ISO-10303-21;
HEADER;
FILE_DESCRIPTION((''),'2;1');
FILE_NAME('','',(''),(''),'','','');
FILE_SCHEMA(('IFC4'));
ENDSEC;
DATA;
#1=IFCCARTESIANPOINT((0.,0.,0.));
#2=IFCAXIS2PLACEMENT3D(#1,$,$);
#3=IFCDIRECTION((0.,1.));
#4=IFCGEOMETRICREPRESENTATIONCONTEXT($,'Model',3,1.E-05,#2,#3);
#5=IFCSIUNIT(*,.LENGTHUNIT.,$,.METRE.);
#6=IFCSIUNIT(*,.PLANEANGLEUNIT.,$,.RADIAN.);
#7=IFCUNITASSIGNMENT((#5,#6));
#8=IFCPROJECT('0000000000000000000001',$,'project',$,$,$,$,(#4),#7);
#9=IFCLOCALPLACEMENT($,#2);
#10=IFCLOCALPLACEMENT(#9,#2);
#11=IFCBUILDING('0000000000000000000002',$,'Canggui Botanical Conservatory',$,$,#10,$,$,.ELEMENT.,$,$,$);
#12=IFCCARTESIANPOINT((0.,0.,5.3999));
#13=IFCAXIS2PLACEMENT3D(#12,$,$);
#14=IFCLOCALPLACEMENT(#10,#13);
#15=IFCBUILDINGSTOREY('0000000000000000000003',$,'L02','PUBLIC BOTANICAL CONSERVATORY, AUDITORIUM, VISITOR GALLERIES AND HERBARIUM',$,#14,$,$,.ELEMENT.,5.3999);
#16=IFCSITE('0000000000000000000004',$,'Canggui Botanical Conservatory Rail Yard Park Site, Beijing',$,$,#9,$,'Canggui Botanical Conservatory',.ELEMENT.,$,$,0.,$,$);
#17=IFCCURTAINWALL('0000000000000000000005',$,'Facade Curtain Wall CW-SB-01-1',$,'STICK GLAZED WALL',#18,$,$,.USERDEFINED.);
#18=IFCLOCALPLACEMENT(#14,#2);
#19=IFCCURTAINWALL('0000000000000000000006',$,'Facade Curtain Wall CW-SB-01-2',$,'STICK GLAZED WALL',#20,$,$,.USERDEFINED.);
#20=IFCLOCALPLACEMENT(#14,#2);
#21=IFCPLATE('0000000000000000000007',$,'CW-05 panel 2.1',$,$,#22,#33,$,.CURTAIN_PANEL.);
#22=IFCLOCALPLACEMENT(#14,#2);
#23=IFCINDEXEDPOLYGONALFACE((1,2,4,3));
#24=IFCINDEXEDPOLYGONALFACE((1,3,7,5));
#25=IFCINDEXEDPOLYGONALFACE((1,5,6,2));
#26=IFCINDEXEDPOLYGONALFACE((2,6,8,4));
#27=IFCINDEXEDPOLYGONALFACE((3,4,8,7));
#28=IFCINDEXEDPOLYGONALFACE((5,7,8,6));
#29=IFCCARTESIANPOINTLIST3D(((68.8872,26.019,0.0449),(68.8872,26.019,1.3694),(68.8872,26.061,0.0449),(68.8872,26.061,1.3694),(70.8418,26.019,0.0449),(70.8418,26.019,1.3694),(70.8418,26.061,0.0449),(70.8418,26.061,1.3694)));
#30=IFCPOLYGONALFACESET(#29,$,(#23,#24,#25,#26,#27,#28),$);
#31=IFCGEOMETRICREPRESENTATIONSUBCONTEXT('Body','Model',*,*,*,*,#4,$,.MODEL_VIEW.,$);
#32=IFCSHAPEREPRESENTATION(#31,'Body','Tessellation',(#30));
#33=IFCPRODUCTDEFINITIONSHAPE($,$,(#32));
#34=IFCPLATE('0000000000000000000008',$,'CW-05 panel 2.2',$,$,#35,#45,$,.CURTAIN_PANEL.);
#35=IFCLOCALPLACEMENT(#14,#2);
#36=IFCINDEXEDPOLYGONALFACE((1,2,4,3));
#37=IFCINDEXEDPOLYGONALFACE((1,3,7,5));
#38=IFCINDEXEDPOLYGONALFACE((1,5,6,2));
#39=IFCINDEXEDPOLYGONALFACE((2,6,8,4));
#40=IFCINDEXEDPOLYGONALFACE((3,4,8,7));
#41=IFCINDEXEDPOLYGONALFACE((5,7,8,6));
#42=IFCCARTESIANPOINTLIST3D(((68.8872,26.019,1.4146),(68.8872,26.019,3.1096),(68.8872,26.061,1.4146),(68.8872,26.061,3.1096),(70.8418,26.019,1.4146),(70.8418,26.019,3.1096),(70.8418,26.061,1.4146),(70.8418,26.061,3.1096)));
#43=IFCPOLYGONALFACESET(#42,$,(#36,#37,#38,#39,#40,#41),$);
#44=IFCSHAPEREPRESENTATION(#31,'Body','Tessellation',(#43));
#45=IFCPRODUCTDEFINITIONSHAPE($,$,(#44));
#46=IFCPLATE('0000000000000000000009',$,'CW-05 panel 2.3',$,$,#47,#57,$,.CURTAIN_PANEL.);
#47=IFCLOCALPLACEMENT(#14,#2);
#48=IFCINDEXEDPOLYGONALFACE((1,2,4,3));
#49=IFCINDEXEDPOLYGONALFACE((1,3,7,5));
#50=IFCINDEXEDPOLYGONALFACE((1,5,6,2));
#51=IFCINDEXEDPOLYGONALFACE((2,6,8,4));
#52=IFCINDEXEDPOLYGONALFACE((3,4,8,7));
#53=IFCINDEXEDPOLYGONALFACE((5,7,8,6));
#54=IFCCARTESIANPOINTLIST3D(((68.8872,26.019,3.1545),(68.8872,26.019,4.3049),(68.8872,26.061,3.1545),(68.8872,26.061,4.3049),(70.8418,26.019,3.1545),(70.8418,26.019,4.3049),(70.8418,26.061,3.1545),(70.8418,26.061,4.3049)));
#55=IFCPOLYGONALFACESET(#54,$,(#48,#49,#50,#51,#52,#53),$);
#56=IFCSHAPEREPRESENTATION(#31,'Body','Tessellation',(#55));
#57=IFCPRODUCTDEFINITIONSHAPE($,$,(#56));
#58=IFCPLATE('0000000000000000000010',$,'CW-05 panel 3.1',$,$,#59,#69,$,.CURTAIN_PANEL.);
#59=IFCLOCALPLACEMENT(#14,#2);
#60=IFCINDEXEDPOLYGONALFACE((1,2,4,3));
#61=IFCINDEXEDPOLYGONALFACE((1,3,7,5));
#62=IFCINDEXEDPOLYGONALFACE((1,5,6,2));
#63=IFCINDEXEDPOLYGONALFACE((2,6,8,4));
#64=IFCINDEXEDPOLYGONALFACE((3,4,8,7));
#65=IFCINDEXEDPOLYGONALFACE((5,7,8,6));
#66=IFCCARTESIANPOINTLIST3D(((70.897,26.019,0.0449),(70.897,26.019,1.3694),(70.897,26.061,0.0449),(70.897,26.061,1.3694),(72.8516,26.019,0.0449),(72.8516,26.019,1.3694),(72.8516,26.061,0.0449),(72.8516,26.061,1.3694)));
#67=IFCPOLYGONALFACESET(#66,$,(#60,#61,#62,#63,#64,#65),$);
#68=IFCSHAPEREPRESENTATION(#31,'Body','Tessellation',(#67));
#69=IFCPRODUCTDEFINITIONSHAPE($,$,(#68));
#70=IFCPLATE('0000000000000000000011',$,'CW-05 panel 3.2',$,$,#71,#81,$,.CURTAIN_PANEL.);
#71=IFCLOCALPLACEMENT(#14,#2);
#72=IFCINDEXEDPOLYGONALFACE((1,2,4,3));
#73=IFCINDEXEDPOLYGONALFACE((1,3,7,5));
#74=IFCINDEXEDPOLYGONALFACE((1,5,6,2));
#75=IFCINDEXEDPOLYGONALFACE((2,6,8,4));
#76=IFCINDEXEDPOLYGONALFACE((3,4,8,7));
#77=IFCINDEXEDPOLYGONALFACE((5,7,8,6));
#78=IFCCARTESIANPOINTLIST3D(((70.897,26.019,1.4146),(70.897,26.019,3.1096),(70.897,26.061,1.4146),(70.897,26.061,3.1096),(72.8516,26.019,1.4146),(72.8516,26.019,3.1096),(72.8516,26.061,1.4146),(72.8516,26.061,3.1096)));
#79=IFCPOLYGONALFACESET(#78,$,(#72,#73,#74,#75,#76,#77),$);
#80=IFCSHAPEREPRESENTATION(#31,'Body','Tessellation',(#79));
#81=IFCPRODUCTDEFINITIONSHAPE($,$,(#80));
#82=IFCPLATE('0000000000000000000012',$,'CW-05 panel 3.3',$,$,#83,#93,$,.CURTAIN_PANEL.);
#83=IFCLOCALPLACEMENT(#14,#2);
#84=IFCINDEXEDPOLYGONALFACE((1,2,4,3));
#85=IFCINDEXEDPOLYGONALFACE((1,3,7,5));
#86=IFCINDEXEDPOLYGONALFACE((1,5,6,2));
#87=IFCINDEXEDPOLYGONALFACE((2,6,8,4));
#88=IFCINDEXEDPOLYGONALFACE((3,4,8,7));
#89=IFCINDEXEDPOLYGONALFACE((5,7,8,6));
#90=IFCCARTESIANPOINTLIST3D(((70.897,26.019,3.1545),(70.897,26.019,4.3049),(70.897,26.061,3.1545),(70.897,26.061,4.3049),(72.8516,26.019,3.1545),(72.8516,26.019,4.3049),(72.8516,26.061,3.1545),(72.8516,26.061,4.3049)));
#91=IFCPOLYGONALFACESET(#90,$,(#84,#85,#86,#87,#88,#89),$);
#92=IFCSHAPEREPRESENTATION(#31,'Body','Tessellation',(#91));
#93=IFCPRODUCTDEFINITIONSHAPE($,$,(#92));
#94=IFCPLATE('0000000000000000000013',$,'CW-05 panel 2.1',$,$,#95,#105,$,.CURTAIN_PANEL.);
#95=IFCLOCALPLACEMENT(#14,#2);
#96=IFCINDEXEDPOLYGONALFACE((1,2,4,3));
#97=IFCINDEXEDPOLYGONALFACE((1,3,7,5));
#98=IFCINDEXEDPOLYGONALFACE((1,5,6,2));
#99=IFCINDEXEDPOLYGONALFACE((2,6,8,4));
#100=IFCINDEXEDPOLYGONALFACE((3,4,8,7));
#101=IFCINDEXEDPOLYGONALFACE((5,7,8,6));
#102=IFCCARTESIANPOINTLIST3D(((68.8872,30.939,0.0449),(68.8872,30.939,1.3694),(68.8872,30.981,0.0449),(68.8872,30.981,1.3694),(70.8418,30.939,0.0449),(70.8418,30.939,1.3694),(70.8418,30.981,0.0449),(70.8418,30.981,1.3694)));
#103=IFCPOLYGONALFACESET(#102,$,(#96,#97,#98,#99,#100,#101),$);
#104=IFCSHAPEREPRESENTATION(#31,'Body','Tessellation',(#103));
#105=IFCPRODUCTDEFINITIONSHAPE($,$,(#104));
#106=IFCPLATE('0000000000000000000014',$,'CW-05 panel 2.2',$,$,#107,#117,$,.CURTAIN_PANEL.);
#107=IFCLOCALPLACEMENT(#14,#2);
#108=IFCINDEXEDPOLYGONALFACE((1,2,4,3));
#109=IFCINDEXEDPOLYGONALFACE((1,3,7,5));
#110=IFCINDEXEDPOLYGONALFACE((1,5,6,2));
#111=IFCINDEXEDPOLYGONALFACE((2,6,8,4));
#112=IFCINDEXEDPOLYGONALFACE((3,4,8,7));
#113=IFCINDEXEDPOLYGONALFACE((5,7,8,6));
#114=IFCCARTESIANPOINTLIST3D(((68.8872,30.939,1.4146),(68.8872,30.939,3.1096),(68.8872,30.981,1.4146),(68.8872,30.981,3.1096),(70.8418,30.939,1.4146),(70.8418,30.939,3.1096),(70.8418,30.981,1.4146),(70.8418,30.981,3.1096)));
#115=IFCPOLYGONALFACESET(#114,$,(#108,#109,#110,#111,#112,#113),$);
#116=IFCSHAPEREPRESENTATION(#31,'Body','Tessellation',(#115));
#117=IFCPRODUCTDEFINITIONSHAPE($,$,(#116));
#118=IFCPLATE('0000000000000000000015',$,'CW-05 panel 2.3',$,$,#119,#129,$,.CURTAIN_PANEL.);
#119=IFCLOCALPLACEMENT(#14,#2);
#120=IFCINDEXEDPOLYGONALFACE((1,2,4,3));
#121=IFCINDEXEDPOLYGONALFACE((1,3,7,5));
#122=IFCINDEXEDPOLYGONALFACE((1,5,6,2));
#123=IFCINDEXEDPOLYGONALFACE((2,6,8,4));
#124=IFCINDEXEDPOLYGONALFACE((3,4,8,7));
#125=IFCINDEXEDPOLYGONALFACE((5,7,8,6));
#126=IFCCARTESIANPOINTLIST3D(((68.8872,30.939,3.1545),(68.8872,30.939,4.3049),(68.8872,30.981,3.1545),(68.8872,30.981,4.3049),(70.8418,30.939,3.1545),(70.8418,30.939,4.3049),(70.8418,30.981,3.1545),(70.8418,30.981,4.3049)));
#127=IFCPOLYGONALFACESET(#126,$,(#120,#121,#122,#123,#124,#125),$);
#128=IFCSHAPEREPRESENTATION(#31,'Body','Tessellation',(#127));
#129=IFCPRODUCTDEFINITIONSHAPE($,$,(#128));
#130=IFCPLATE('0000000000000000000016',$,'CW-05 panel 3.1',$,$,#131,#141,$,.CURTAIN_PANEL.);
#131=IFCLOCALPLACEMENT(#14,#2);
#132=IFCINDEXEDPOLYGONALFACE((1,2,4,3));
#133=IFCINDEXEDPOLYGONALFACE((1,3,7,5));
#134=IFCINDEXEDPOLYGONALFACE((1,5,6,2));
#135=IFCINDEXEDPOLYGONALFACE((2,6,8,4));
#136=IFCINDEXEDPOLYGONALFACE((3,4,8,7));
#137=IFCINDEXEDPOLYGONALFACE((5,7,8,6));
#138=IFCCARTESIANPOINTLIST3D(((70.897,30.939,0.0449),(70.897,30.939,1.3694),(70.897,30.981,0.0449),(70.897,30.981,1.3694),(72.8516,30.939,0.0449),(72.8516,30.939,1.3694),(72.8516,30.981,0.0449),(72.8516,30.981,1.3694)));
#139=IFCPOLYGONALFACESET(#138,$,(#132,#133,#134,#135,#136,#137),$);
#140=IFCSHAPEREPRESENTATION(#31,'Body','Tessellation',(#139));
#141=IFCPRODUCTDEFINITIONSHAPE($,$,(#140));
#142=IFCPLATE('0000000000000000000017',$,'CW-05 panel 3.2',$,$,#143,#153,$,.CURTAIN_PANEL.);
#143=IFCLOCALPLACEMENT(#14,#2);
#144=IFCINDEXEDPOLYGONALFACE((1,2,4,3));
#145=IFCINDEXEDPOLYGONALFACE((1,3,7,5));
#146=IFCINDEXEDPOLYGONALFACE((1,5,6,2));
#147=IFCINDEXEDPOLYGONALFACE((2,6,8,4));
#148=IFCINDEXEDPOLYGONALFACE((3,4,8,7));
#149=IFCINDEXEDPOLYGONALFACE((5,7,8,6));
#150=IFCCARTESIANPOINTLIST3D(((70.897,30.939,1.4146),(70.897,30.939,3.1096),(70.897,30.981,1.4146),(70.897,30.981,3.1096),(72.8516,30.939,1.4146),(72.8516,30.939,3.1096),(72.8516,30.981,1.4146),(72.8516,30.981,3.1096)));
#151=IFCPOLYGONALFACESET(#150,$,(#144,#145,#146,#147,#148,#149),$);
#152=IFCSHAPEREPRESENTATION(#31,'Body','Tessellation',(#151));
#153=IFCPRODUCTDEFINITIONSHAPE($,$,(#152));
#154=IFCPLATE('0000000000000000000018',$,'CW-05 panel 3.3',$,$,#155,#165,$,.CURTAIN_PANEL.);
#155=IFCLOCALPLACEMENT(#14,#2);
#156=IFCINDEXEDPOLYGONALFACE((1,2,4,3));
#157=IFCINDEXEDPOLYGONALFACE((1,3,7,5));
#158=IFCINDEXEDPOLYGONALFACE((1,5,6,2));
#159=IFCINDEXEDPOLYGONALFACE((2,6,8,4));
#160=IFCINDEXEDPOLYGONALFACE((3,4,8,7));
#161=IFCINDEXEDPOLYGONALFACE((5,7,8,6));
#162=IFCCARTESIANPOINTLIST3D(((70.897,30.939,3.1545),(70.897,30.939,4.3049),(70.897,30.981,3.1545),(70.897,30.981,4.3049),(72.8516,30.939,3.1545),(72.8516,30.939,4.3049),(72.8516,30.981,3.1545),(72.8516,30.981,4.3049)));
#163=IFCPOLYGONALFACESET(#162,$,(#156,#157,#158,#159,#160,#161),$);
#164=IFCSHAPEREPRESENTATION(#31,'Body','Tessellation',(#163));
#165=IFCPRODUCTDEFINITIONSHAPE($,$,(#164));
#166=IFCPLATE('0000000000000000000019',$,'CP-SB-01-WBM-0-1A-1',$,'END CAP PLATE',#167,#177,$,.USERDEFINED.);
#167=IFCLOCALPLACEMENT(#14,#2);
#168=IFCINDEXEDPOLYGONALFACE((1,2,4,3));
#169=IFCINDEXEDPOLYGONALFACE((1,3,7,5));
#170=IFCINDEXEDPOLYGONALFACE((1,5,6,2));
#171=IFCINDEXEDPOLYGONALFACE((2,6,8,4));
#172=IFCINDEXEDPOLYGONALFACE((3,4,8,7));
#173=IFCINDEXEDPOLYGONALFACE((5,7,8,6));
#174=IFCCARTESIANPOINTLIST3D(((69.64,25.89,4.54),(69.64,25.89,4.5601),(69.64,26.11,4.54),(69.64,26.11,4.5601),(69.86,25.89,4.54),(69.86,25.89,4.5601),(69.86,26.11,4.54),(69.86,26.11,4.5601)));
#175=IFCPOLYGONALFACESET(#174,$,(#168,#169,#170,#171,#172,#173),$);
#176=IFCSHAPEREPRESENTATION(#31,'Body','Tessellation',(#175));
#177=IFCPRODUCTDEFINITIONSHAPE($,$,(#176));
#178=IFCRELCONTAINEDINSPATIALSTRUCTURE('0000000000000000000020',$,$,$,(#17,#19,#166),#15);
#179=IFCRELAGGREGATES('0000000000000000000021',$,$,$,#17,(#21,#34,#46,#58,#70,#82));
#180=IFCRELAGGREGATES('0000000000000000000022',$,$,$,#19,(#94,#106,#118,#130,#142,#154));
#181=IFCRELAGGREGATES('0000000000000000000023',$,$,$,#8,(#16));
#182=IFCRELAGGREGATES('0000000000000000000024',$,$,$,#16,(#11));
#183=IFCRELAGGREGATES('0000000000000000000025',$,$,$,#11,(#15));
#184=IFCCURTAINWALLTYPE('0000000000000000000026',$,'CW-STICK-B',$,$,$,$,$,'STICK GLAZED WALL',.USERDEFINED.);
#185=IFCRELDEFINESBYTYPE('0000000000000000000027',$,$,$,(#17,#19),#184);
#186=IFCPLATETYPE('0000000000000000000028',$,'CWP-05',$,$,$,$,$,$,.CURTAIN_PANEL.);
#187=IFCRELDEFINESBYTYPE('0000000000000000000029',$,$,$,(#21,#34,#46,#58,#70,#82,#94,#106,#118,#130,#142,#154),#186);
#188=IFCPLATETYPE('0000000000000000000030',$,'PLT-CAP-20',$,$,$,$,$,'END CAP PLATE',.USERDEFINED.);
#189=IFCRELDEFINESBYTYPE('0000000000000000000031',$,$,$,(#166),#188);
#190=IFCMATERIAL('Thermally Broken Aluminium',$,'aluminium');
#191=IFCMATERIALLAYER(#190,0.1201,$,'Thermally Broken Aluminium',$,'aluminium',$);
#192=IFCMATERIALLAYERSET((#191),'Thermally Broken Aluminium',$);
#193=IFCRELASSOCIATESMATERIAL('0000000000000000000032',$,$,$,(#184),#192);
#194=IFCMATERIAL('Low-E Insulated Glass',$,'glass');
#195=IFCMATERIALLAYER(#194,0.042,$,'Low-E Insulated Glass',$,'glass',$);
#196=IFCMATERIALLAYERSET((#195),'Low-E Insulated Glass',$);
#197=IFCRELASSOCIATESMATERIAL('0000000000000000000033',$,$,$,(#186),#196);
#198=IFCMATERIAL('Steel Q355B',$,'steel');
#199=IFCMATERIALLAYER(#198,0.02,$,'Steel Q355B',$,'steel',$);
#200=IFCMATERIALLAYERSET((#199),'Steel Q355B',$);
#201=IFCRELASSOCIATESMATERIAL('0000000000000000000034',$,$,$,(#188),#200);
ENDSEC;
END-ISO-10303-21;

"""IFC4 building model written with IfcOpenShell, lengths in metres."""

from ifc_helpers import new_model, si_unit, direction, frame, origin, origin_2d, place, context, subcontext, project, spatial, rectangle, extrude, material, layer, layer_set, type_object, element, aggregate, save


model = new_model("IFC4")

# Units and contexts
model_context = context("Model", 3, precision=1e-05, world=origin(), true_north=direction((0.0, 1.0)))
body_context = subcontext(model_context, "Body", "Model", "MODEL_VIEW")
ifc_project = project(units=[si_unit("LENGTHUNIT", "METRE"), si_unit("PLANEANGLEUNIT", "RADIAN")], contexts=[model_context])

# Site, building, storey
site_placement = place(None, origin())
site = spatial("IfcSite", under=ifc_project, at=site_placement, Name="Canggui Botanical Conservatory Rail Yard Park Site, Beijing", LongName="Canggui Botanical Conservatory", CompositionType="ELEMENT", RefElevation=0.0)
building_placement = place(site_placement, origin())
building = spatial("IfcBuilding", under=site, at=building_placement, Name="Canggui Botanical Conservatory", CompositionType="ELEMENT")
storey_placement = place(building_placement, frame((0.0, 0.0, 5.3999)))
storey = spatial("IfcBuildingStorey", under=building, at=storey_placement, Name="L02", Description="PUBLIC BOTANICAL CONSERVATORY, AUDITORIUM, VISITOR GALLERIES AND HERBARIUM", CompositionType="ELEMENT", Elevation=5.3999)

# Curtain walls
ifc_material_1 = material(Name="Thermally Broken Aluminium", Category="aluminium")
ifc_layer_1 = layer(ifc_material_1, 0.1201, Name="Thermally Broken Aluminium", Category="aluminium")
ifc_layer_set_1 = layer_set([ifc_layer_1], Name="Thermally Broken Aluminium")
curtain_wall_type = type_object("IfcCurtainWallType", Name="CW-STICK-B", ElementType="STICK GLAZED WALL", PredefinedType="USERDEFINED", material=ifc_layer_set_1)
curtain_wall_1_placement = place(storey_placement, origin())
curtain_wall_1 = element("IfcCurtainWall", 1, at=curtain_wall_1_placement, inside=storey, type_object=curtain_wall_type, Name="Facade Curtain Wall CW-SB-01-1", ObjectType="STICK GLAZED WALL", PredefinedType="USERDEFINED")
curtain_wall_2_placement = place(storey_placement, origin())
curtain_wall_2 = element("IfcCurtainWall", 2, at=curtain_wall_2_placement, inside=storey, type_object=curtain_wall_type, Name="Facade Curtain Wall CW-SB-01-2", ObjectType="STICK GLAZED WALL", PredefinedType="USERDEFINED")

# Plates
ifc_material_2 = material(Name="Low-E Insulated Glass", Category="glass")
ifc_layer_2 = layer(ifc_material_2, 0.042, Name="Low-E Insulated Glass", Category="glass")
ifc_layer_set_2 = layer_set([ifc_layer_2], Name="Low-E Insulated Glass")
plate_type_1 = type_object("IfcPlateType", Name="CWP-05", PredefinedType="CURTAIN_PANEL", material=ifc_layer_set_2)
plate_1_placement = place(storey_placement, frame((69.8645, 26.04, 0.0449), z_axis=(0.0, 0.0, 1.0), x_axis=(1.0, 0.0, 0.0)))
plate_1 = element("IfcPlate", 3, at=plate_1_placement, type_object=plate_type_1, Name="CW-05 panel 2.1", PredefinedType="CURTAIN_PANEL", context=body_context, shape_type="SweptSolid", body=[
    extrude(rectangle(XDim=1.9546, YDim=0.042, at=origin_2d()), origin(), (0.0, 0.0, 1.0), 1.3245),
])
plate_2_placement = place(storey_placement, frame((69.8645, 26.04, 1.4146), z_axis=(0.0, 0.0, 1.0), x_axis=(1.0, 0.0, 0.0)))
plate_2 = element("IfcPlate", 4, at=plate_2_placement, type_object=plate_type_1, Name="CW-05 panel 2.2", PredefinedType="CURTAIN_PANEL", context=body_context, shape_type="SweptSolid", body=[
    extrude(rectangle(XDim=1.9546, YDim=0.042, at=origin_2d()), origin(), (0.0, 0.0, 1.0), 1.6951),
])
plate_3_placement = place(storey_placement, frame((69.8645, 26.04, 3.1545), z_axis=(0.0, 0.0, 1.0), x_axis=(1.0, 0.0, 0.0)))
plate_3 = element("IfcPlate", 5, at=plate_3_placement, type_object=plate_type_1, Name="CW-05 panel 2.3", PredefinedType="CURTAIN_PANEL", context=body_context, shape_type="SweptSolid", body=[
    extrude(rectangle(XDim=1.9546, YDim=0.042, at=origin_2d()), origin(), (0.0, 0.0, 1.0), 1.1504),
])
plate_4_placement = place(storey_placement, frame((71.8743, 26.04, 0.0449), z_axis=(0.0, 0.0, 1.0), x_axis=(1.0, 0.0, 0.0)))
plate_4 = element("IfcPlate", 6, at=plate_4_placement, type_object=plate_type_1, Name="CW-05 panel 3.1", PredefinedType="CURTAIN_PANEL", context=body_context, shape_type="SweptSolid", body=[
    extrude(rectangle(XDim=1.9546, YDim=0.042, at=origin_2d()), origin(), (0.0, 0.0, 1.0), 1.3245),
])
plate_5_placement = place(storey_placement, frame((71.8743, 26.04, 1.4146), z_axis=(0.0, 0.0, 1.0), x_axis=(1.0, 0.0, 0.0)))
plate_5 = element("IfcPlate", 7, at=plate_5_placement, type_object=plate_type_1, Name="CW-05 panel 3.2", PredefinedType="CURTAIN_PANEL", context=body_context, shape_type="SweptSolid", body=[
    extrude(rectangle(XDim=1.9546, YDim=0.042, at=origin_2d()), origin(), (0.0, 0.0, 1.0), 1.6951),
])
plate_6_placement = place(storey_placement, frame((71.8743, 26.04, 3.1545), z_axis=(0.0, 0.0, 1.0), x_axis=(1.0, 0.0, 0.0)))
plate_6 = element("IfcPlate", 8, at=plate_6_placement, type_object=plate_type_1, Name="CW-05 panel 3.3", PredefinedType="CURTAIN_PANEL", context=body_context, shape_type="SweptSolid", body=[
    extrude(rectangle(XDim=1.9546, YDim=0.042, at=origin_2d()), origin(), (0.0, 0.0, 1.0), 1.1504),
])
aggregate(curtain_wall_1, [plate_1, plate_2, plate_3, plate_4, plate_5, plate_6])
plate_7_placement = place(storey_placement, frame((69.8645, 30.96, 0.0449), z_axis=(0.0, 0.0, 1.0), x_axis=(1.0, 0.0, 0.0)))
plate_7 = element("IfcPlate", 9, at=plate_7_placement, type_object=plate_type_1, Name="CW-05 panel 2.1", PredefinedType="CURTAIN_PANEL", context=body_context, shape_type="SweptSolid", body=[
    extrude(rectangle(XDim=1.9546, YDim=0.042, at=origin_2d()), origin(), (0.0, 0.0, 1.0), 1.3245),
])
plate_8_placement = place(storey_placement, frame((69.8645, 30.96, 1.4146), z_axis=(0.0, 0.0, 1.0), x_axis=(1.0, 0.0, 0.0)))
plate_8 = element("IfcPlate", 10, at=plate_8_placement, type_object=plate_type_1, Name="CW-05 panel 2.2", PredefinedType="CURTAIN_PANEL", context=body_context, shape_type="SweptSolid", body=[
    extrude(rectangle(XDim=1.9546, YDim=0.042, at=origin_2d()), origin(), (0.0, 0.0, 1.0), 1.6951),
])
plate_9_placement = place(storey_placement, frame((69.8645, 30.96, 3.1545), z_axis=(0.0, 0.0, 1.0), x_axis=(1.0, 0.0, 0.0)))
plate_9 = element("IfcPlate", 11, at=plate_9_placement, type_object=plate_type_1, Name="CW-05 panel 2.3", PredefinedType="CURTAIN_PANEL", context=body_context, shape_type="SweptSolid", body=[
    extrude(rectangle(XDim=1.9546, YDim=0.042, at=origin_2d()), origin(), (0.0, 0.0, 1.0), 1.1504),
])
plate_10_placement = place(storey_placement, frame((71.8743, 30.96, 0.0449), z_axis=(0.0, 0.0, 1.0), x_axis=(1.0, 0.0, 0.0)))
plate_10 = element("IfcPlate", 12, at=plate_10_placement, type_object=plate_type_1, Name="CW-05 panel 3.1", PredefinedType="CURTAIN_PANEL", context=body_context, shape_type="SweptSolid", body=[
    extrude(rectangle(XDim=1.9546, YDim=0.042, at=origin_2d()), origin(), (0.0, 0.0, 1.0), 1.3245),
])
plate_11_placement = place(storey_placement, frame((71.8743, 30.96, 1.4146), z_axis=(0.0, 0.0, 1.0), x_axis=(1.0, 0.0, 0.0)))
plate_11 = element("IfcPlate", 13, at=plate_11_placement, type_object=plate_type_1, Name="CW-05 panel 3.2", PredefinedType="CURTAIN_PANEL", context=body_context, shape_type="SweptSolid", body=[
    extrude(rectangle(XDim=1.9546, YDim=0.042, at=origin_2d()), origin(), (0.0, 0.0, 1.0), 1.6951),
])
plate_12_placement = place(storey_placement, frame((71.8743, 30.96, 3.1545), z_axis=(0.0, 0.0, 1.0), x_axis=(1.0, 0.0, 0.0)))
plate_12 = element("IfcPlate", 14, at=plate_12_placement, type_object=plate_type_1, Name="CW-05 panel 3.3", PredefinedType="CURTAIN_PANEL", context=body_context, shape_type="SweptSolid", body=[
    extrude(rectangle(XDim=1.9546, YDim=0.042, at=origin_2d()), origin(), (0.0, 0.0, 1.0), 1.1504),
])
aggregate(curtain_wall_2, [plate_7, plate_8, plate_9, plate_10, plate_11, plate_12])
ifc_material_3 = material(Name="Steel Q355B", Category="steel")
ifc_layer_3 = layer(ifc_material_3, 0.02, Name="Steel Q355B", Category="steel")
ifc_layer_set_3 = layer_set([ifc_layer_3], Name="Steel Q355B")
plate_type_2 = type_object("IfcPlateType", Name="PLT-CAP-20", ElementType="END CAP PLATE", PredefinedType="USERDEFINED", material=ifc_layer_set_3)
plate_13_placement = place(storey_placement, frame((69.75, 26.0, 4.54), z_axis=(0.0, 0.0, 1.0), x_axis=(1.0, 0.0, 0.0)))
element("IfcPlate", 15, at=plate_13_placement, inside=storey, type_object=plate_type_2, Name="CP-SB-01-WBM-0-1A-1", ObjectType="END CAP PLATE", PredefinedType="USERDEFINED", context=body_context, shape_type="SweptSolid", body=[
    extrude(rectangle(XDim=0.22, YDim=0.22, at=origin_2d()), origin(), (0.0, 0.0, 1.0), 0.02),
])

save(model, "model.ifc")
